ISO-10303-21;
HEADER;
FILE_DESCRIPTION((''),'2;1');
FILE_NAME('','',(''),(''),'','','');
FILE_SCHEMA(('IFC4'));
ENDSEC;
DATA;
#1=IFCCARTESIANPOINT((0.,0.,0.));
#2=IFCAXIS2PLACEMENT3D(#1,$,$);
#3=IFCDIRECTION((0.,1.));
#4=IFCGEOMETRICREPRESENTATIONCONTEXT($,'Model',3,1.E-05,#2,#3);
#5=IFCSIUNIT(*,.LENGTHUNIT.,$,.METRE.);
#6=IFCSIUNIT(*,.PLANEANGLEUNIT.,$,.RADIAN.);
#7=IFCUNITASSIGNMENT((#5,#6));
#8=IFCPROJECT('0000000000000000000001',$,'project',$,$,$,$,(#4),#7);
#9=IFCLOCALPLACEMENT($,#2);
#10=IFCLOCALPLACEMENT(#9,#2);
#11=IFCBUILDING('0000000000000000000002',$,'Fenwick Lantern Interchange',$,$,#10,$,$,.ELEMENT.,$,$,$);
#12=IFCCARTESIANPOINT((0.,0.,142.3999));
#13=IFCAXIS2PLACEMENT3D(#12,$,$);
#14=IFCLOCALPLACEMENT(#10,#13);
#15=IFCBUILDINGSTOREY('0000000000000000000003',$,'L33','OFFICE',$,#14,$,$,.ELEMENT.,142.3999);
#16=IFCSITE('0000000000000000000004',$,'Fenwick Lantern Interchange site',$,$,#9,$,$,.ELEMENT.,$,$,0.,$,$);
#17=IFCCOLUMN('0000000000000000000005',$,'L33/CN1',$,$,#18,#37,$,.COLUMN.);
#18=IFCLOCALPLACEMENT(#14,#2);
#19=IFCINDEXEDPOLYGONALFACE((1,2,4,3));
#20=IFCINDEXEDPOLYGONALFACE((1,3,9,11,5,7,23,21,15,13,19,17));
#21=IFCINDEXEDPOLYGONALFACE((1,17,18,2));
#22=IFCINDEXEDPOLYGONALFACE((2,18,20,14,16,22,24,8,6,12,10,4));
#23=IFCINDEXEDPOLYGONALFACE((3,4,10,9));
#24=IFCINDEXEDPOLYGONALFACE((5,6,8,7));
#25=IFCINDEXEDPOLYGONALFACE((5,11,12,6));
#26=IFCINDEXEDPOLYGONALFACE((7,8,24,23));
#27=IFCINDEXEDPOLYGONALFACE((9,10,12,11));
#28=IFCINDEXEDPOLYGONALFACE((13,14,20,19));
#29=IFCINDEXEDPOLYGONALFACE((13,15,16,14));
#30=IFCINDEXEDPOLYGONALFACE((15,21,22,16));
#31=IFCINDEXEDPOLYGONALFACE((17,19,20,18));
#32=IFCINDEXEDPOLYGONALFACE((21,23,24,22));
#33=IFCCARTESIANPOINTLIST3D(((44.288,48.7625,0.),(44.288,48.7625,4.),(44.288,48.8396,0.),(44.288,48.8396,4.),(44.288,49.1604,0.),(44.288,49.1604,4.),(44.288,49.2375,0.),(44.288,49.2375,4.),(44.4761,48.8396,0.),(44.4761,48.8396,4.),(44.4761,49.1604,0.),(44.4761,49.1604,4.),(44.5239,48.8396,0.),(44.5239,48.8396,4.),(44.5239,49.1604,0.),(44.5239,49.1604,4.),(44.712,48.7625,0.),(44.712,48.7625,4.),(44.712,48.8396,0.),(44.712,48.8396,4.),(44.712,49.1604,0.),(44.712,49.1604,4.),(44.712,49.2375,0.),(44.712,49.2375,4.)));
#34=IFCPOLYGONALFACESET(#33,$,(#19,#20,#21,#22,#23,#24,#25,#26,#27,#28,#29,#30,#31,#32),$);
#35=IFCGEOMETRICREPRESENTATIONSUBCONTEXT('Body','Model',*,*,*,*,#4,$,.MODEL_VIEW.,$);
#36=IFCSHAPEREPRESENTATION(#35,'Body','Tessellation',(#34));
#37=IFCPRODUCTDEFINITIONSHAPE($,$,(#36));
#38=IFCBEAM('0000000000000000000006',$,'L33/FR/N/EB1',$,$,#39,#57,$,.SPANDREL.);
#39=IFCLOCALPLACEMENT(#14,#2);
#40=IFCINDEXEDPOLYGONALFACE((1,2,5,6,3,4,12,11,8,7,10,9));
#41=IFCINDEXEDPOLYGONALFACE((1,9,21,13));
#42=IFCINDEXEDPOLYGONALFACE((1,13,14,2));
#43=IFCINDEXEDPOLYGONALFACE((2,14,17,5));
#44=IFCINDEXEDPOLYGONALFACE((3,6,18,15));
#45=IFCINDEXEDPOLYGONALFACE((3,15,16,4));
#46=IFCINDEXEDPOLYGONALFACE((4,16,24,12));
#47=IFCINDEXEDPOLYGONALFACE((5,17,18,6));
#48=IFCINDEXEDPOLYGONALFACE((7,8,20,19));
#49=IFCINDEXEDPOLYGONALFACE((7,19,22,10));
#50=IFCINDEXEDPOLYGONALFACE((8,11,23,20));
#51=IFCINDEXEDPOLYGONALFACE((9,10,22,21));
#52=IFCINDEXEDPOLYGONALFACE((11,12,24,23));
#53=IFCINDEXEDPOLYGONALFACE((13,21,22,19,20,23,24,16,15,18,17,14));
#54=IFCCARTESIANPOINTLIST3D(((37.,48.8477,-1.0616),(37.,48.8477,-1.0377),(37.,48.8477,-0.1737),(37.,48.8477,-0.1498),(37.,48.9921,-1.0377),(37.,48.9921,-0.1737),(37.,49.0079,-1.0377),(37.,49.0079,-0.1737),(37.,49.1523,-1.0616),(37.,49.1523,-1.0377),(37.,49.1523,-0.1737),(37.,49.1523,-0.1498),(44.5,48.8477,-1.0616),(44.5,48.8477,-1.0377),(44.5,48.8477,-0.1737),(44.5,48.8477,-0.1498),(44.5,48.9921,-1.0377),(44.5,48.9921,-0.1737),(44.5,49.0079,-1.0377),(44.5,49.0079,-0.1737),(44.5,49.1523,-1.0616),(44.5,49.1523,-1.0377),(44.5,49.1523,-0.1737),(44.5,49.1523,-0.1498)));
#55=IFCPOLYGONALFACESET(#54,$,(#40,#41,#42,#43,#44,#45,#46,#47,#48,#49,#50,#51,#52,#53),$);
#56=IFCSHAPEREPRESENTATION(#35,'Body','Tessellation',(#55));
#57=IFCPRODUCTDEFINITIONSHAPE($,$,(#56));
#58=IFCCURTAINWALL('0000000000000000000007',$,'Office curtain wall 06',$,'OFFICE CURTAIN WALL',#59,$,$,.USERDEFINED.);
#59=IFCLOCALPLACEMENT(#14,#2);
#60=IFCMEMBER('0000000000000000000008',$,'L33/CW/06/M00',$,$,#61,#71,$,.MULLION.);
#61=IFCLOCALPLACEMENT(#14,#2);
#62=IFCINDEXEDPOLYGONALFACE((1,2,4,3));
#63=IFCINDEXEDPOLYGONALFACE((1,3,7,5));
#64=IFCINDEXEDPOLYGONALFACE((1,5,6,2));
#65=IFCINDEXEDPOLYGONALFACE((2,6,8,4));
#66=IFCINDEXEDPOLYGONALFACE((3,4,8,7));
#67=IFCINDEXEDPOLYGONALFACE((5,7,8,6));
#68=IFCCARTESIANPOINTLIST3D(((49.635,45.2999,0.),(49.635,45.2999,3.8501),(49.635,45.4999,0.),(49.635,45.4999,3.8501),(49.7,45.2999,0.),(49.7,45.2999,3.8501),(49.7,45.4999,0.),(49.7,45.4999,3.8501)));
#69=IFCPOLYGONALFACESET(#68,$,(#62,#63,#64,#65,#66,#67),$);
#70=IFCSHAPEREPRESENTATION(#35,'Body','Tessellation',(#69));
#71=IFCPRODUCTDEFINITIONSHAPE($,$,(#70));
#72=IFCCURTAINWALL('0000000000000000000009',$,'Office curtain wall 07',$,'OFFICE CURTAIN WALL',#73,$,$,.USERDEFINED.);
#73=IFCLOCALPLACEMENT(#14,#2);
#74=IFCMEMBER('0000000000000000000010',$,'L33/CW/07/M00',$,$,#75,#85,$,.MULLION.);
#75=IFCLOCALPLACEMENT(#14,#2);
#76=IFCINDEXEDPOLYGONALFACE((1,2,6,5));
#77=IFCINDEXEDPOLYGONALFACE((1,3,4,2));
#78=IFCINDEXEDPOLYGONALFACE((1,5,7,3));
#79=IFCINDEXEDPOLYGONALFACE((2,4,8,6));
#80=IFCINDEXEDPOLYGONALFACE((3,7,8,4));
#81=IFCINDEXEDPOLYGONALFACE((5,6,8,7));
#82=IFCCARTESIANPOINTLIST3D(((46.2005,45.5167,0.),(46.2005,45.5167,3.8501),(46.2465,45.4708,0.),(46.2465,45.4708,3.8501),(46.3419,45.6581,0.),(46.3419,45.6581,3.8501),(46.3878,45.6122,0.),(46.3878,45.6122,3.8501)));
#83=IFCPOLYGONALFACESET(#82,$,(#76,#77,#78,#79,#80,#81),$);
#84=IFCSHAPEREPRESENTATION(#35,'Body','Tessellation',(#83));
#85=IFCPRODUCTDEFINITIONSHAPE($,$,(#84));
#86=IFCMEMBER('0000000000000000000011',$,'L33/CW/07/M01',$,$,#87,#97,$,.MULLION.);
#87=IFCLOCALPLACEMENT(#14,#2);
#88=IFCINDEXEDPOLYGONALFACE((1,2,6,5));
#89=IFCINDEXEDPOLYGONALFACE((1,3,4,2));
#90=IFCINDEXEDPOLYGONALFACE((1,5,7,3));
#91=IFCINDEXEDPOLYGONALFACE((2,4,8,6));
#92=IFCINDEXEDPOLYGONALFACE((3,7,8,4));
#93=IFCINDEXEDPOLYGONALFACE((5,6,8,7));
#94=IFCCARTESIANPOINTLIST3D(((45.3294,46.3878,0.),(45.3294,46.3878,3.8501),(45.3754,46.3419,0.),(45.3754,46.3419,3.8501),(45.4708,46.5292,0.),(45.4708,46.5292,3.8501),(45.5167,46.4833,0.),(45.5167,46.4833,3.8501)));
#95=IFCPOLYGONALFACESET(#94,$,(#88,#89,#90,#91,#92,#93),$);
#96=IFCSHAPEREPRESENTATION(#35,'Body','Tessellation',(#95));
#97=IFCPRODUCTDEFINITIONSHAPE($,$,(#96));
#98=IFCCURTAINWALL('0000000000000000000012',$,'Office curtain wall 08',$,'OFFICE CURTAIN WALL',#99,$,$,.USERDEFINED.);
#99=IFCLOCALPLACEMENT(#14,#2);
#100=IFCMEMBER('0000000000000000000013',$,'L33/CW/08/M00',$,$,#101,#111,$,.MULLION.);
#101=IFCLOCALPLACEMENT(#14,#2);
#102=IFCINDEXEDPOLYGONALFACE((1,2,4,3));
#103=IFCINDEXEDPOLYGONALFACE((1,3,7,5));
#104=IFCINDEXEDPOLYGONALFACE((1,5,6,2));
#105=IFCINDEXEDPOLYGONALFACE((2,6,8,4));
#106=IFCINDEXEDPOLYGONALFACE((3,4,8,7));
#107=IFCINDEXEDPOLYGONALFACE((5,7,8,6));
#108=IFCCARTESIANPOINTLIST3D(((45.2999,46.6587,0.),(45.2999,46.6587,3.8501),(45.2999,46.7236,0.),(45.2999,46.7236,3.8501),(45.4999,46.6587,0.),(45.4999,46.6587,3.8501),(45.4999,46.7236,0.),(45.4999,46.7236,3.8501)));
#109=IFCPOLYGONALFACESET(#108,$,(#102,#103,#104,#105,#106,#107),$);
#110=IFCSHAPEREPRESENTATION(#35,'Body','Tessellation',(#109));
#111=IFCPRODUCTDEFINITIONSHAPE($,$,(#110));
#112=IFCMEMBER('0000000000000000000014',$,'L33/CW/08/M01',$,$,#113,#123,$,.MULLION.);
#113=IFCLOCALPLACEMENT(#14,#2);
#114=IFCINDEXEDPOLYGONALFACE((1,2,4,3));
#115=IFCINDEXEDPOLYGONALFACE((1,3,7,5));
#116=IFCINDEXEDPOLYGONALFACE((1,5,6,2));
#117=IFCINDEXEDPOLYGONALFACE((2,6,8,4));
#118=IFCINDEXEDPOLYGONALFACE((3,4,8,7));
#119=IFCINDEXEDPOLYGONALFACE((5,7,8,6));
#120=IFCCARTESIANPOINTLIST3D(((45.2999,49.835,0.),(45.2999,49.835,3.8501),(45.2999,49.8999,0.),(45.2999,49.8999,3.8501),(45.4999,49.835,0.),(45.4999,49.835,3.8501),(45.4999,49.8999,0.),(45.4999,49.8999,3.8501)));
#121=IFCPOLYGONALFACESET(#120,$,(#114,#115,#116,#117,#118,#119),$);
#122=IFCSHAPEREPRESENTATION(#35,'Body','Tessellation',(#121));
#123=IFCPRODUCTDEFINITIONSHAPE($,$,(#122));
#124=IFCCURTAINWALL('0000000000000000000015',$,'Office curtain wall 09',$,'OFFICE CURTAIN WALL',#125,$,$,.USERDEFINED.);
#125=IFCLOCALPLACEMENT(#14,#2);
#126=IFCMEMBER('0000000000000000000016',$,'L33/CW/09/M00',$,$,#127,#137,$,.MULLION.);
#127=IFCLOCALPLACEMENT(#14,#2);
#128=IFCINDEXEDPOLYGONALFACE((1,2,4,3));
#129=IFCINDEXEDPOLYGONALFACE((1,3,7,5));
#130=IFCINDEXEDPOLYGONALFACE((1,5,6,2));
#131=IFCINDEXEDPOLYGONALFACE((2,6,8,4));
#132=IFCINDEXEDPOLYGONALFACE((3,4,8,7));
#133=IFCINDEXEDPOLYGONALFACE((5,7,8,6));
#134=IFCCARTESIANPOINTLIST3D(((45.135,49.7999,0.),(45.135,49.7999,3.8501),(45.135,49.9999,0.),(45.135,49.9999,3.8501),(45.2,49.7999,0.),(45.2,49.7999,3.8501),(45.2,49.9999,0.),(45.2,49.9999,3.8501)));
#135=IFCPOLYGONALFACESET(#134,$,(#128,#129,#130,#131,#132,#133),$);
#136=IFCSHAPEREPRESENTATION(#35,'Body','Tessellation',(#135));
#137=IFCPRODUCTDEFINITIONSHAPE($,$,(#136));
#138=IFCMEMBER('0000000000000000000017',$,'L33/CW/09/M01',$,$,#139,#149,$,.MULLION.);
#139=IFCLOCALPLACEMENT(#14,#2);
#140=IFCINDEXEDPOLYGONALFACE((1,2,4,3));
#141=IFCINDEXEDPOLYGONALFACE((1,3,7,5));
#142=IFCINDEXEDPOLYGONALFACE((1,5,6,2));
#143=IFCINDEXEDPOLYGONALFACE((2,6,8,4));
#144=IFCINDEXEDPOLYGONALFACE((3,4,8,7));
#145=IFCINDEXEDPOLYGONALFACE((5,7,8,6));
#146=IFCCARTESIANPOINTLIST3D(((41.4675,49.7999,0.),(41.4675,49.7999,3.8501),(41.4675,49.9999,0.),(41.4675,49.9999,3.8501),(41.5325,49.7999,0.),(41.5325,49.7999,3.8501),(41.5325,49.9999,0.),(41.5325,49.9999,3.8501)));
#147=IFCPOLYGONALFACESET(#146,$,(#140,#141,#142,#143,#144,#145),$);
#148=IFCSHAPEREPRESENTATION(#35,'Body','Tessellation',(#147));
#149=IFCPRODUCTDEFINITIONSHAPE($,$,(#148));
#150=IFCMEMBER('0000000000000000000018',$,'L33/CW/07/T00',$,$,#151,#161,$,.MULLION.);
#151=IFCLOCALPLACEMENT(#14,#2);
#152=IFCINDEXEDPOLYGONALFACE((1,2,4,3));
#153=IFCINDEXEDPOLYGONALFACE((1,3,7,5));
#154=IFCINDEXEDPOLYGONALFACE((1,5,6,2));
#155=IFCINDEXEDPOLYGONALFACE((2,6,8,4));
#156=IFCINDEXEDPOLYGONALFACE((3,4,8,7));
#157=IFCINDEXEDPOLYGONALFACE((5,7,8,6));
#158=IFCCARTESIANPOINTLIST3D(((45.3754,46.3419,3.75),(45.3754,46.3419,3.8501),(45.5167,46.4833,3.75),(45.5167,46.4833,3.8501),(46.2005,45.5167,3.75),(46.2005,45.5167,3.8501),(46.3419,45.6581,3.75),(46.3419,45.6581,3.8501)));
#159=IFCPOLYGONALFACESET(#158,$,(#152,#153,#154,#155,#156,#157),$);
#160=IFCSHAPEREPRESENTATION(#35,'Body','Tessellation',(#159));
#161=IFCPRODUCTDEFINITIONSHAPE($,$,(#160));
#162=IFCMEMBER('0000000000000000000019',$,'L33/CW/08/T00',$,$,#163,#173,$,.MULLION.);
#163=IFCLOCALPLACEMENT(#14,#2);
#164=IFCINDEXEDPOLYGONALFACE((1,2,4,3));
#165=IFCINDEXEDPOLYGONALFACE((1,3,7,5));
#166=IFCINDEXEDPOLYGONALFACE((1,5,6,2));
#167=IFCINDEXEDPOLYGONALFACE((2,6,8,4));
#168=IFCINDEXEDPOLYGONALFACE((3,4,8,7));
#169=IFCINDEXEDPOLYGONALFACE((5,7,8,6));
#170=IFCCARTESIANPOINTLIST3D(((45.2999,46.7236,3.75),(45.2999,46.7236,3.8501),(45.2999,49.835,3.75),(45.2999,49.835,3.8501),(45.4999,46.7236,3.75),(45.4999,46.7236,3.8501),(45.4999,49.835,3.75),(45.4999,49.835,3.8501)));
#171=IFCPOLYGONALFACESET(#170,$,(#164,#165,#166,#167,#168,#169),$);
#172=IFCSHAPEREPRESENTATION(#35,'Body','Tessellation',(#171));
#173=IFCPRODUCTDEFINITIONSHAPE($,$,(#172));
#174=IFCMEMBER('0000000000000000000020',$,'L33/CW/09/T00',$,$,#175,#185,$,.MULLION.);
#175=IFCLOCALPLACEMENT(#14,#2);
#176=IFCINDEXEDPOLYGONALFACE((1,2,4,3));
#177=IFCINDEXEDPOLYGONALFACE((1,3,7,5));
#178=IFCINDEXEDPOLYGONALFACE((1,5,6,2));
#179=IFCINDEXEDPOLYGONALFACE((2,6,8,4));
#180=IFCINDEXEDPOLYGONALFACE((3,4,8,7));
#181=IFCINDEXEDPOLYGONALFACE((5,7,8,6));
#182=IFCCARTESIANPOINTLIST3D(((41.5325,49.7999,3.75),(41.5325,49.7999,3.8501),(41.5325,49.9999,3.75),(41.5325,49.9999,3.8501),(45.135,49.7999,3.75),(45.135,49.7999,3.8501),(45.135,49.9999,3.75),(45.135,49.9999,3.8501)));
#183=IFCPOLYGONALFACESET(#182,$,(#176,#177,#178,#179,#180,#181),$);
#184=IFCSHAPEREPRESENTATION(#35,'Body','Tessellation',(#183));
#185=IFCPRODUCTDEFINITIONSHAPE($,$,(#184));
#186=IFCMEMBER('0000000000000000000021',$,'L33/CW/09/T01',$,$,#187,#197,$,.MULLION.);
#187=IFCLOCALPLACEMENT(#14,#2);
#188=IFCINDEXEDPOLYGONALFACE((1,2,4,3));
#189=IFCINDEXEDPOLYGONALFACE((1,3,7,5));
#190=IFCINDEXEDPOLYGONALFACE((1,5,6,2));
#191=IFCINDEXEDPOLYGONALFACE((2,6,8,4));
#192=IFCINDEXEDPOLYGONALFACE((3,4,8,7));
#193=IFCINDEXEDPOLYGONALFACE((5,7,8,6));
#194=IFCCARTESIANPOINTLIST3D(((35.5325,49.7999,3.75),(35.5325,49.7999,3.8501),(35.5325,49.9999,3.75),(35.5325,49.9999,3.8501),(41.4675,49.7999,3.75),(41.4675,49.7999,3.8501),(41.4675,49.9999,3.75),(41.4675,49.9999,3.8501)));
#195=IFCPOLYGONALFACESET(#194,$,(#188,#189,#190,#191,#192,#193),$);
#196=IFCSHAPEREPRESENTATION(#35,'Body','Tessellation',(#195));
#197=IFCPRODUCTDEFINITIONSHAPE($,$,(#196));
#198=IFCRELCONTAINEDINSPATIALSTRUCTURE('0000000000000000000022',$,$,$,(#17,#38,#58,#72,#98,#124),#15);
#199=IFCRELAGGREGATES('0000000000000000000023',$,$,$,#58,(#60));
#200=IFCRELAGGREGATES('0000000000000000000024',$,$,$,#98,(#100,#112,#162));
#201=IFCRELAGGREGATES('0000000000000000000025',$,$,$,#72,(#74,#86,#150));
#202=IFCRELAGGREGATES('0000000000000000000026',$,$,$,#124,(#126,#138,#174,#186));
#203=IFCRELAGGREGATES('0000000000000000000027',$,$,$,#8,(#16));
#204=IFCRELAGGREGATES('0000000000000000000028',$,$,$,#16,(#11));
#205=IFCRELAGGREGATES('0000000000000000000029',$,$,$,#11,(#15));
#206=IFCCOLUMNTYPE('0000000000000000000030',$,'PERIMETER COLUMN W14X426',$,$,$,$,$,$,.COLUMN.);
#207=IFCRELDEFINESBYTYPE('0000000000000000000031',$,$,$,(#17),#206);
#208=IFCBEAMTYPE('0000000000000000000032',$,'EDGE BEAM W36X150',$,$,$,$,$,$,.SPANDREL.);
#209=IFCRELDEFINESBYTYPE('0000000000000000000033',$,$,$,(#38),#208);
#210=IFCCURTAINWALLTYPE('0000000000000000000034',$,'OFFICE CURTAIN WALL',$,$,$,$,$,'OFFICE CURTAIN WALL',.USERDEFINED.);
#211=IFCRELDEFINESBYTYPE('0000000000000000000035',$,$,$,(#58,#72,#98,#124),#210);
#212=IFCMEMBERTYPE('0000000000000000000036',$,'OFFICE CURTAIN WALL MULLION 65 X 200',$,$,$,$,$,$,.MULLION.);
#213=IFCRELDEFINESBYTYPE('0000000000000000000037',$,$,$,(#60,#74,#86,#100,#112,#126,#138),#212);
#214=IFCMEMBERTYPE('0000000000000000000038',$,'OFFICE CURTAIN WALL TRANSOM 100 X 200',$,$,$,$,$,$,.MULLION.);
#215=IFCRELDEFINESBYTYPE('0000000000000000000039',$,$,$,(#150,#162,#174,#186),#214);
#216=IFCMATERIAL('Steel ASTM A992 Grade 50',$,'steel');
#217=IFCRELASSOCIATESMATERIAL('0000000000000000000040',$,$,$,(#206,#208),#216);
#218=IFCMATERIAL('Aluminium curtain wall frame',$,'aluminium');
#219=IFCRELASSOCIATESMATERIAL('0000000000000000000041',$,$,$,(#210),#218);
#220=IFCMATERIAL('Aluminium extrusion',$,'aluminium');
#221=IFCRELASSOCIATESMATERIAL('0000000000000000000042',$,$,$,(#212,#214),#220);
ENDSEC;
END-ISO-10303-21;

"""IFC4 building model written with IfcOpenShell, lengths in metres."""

from ifc_helpers import new_model, si_unit, direction, frame, origin, origin_2d, place, context, subcontext, project, spatial, rectangle, i_section, extrude, material, material_profile, profile_set, type_object, element, aggregate, save


model = new_model("IFC4")

# Units and contexts
model_context = context("Model", 3, precision=1e-05, world=origin(), true_north=direction((0.0, 1.0)))
body_context = subcontext(model_context, "Body", "Model", "MODEL_VIEW")
ifc_project = project(units=[si_unit("LENGTHUNIT", "METRE"), si_unit("PLANEANGLEUNIT", "RADIAN")], contexts=[model_context])

# Site, building, storey
site_placement = place(None, origin())
site = spatial("IfcSite", under=ifc_project, at=site_placement, Name="Fenwick Lantern Interchange site", CompositionType="ELEMENT", RefElevation=0.0)
building_placement = place(site_placement, origin())
building = spatial("IfcBuilding", under=site, at=building_placement, Name="Fenwick Lantern Interchange", CompositionType="ELEMENT")
storey_placement = place(building_placement, frame((0.0, 0.0, 142.3999)))
storey = spatial("IfcBuildingStorey", under=building, at=storey_placement, Name="L33", Description="OFFICE", CompositionType="ELEMENT", Elevation=142.3999)

# Column
ifc_material_1 = material(Name="Steel ASTM A992 Grade 50", Category="steel")
ifc_material_profile_1 = material_profile(ifc_material_1, i_section(OverallWidth=0.4241, OverallDepth=0.4751, WebThickness=0.0479, FlangeThickness=0.0771, at=origin_2d()), Name="W14X426")
ifc_profile_set_1 = profile_set([ifc_material_profile_1], Name="Steel ASTM A992 Grade 50")
column_type = type_object("IfcColumnType", Name="PERIMETER COLUMN W14X426", PredefinedType="COLUMN", material=ifc_profile_set_1)
column_placement = place(storey_placement, frame((44.5, 49.0, 0.0), z_axis=(0.0, 0.0, 1.0), x_axis=(1.0, 0.0, 0.0)))
element("IfcColumn", 1, at=column_placement, inside=storey, type_object=column_type, Name="L33/CN1", PredefinedType="COLUMN", context=body_context, shape_type="SweptSolid", body=[
    extrude(i_section(OverallWidth=0.4241, OverallDepth=0.4751, WebThickness=0.0479, FlangeThickness=0.0771, at=origin_2d()), origin(), (0.0, 0.0, 1.0), 4.0),
])

# Beam
ifc_material_profile_2 = material_profile(ifc_material_1, i_section(OverallWidth=0.3047, OverallDepth=0.9119, WebThickness=0.0159, FlangeThickness=0.0239, at=origin_2d()), Name="W36X150")
ifc_profile_set_2 = profile_set([ifc_material_profile_2], Name="Steel ASTM A992 Grade 50")
beam_type = type_object("IfcBeamType", Name="EDGE BEAM W36X150", PredefinedType="SPANDREL", material=ifc_profile_set_2)
beam_placement = place(storey_placement, frame((44.5, 49.0, -0.6057), z_axis=(-1.0, 0.0, 0.0), x_axis=(0.0, -1.0, 0.0)))
element("IfcBeam", 2, at=beam_placement, inside=storey, type_object=beam_type, Name="L33/FR/N/EB1", PredefinedType="SPANDREL", context=body_context, shape_type="SweptSolid", body=[
    extrude(i_section(OverallWidth=0.3047, OverallDepth=0.9119, WebThickness=0.0159, FlangeThickness=0.0239, at=origin_2d()), origin(), (0.0, 0.0, 1.0), 7.5),
])

# Curtain wall, member
ifc_material_2 = material(Name="Aluminium curtain wall frame", Category="aluminium")
curtain_wall_type = type_object("IfcCurtainWallType", Name="OFFICE CURTAIN WALL", ElementType="OFFICE CURTAIN WALL", PredefinedType="USERDEFINED", material=ifc_material_2)
curtain_wall_1_placement = place(storey_placement, origin())
curtain_wall_1 = element("IfcCurtainWall", 3, at=curtain_wall_1_placement, inside=storey, type_object=curtain_wall_type, Name="Office curtain wall 06", ObjectType="OFFICE CURTAIN WALL", PredefinedType="USERDEFINED")
ifc_material_3 = material(Name="Aluminium extrusion", Category="aluminium")
ifc_material_profile_3 = material_profile(ifc_material_3, rectangle(XDim=0.2, YDim=0.0649, at=origin_2d()), Name="OFFICE CURTAIN WALL MULLION 65 X 200")
ifc_profile_set_3 = profile_set([ifc_material_profile_3], Name="Aluminium extrusion")
member_type_1 = type_object("IfcMemberType", Name="OFFICE CURTAIN WALL MULLION 65 X 200", PredefinedType="MULLION", material=ifc_profile_set_3)
member_1_placement = place(storey_placement, frame((49.6675, 45.3999, 0.0), z_axis=(0.0, 0.0, 1.0), x_axis=(0.0, -1.0, 0.0)))
member_1 = element("IfcMember", 4, at=member_1_placement, type_object=member_type_1, Name="L33/CW/06/M00", PredefinedType="MULLION", context=body_context, shape_type="SweptSolid", body=[
    extrude(rectangle(XDim=0.2, YDim=0.0649, at=origin_2d()), origin(), (0.0, 0.0, 1.0), 3.8501),
])
aggregate(curtain_wall_1, [member_1])

# Curtain walls, members
curtain_wall_2_placement = place(storey_placement, origin())
curtain_wall_2 = element("IfcCurtainWall", 5, at=curtain_wall_2_placement, inside=storey, type_object=curtain_wall_type, Name="Office curtain wall 07", ObjectType="OFFICE CURTAIN WALL", PredefinedType="USERDEFINED")
member_2_placement = place(storey_placement, frame((46.2942, 45.5645, 0.0), z_axis=(0.0, 0.0, 1.0), x_axis=(-0.707107, -0.707107, 0.0)))
member_2 = element("IfcMember", 6, at=member_2_placement, type_object=member_type_1, Name="L33/CW/07/M00", PredefinedType="MULLION", context=body_context, shape_type="SweptSolid", body=[
    extrude(rectangle(XDim=0.2, YDim=0.0649, at=origin_2d()), origin(), (0.0, 0.0, 1.0), 3.8501),
])
member_3_placement = place(storey_placement, frame((45.4231, 46.4355, 0.0), z_axis=(0.0, 0.0, 1.0), x_axis=(-0.707107, -0.707107, 0.0)))
member_3 = element("IfcMember", 7, at=member_3_placement, type_object=member_type_1, Name="L33/CW/07/M01", PredefinedType="MULLION", context=body_context, shape_type="SweptSolid", body=[
    extrude(rectangle(XDim=0.2, YDim=0.0649, at=origin_2d()), origin(), (0.0, 0.0, 1.0), 3.8501),
])
curtain_wall_3_placement = place(storey_placement, origin())
curtain_wall_3 = element("IfcCurtainWall", 8, at=curtain_wall_3_placement, inside=storey, type_object=curtain_wall_type, Name="Office curtain wall 08", ObjectType="OFFICE CURTAIN WALL", PredefinedType="USERDEFINED")
member_4_placement = place(storey_placement, frame((45.3999, 46.6912, 0.0), z_axis=(0.0, 0.0, 1.0), x_axis=(-1.0, 0.0, 0.0)))
member_4 = element("IfcMember", 9, at=member_4_placement, type_object=member_type_1, Name="L33/CW/08/M00", PredefinedType="MULLION", context=body_context, shape_type="SweptSolid", body=[
    extrude(rectangle(XDim=0.2, YDim=0.0649, at=origin_2d()), origin(), (0.0, 0.0, 1.0), 3.8501),
])
member_5_placement = place(storey_placement, frame((45.3999, 49.8674, 0.0), z_axis=(0.0, 0.0, 1.0), x_axis=(-1.0, 0.0, 0.0)))
member_5 = element("IfcMember", 10, at=member_5_placement, type_object=member_type_1, Name="L33/CW/08/M01", PredefinedType="MULLION", context=body_context, shape_type="SweptSolid", body=[
    extrude(rectangle(XDim=0.2, YDim=0.0649, at=origin_2d()), origin(), (0.0, 0.0, 1.0), 3.8501),
])
curtain_wall_4_placement = place(storey_placement, origin())
curtain_wall_4 = element("IfcCurtainWall", 11, at=curtain_wall_4_placement, inside=storey, type_object=curtain_wall_type, Name="Office curtain wall 09", ObjectType="OFFICE CURTAIN WALL", PredefinedType="USERDEFINED")
member_6_placement = place(storey_placement, frame((45.1675, 49.8999, 0.0), z_axis=(0.0, 0.0, 1.0), x_axis=(0.0, -1.0, 0.0)))
member_6 = element("IfcMember", 12, at=member_6_placement, type_object=member_type_1, Name="L33/CW/09/M00", PredefinedType="MULLION", context=body_context, shape_type="SweptSolid", body=[
    extrude(rectangle(XDim=0.2, YDim=0.0649, at=origin_2d()), origin(), (0.0, 0.0, 1.0), 3.8501),
])
member_7_placement = place(storey_placement, frame((41.5, 49.8999, 0.0), z_axis=(0.0, 0.0, 1.0), x_axis=(0.0, -1.0, 0.0)))
member_7 = element("IfcMember", 13, at=member_7_placement, type_object=member_type_1, Name="L33/CW/09/M01", PredefinedType="MULLION", context=body_context, shape_type="SweptSolid", body=[
    extrude(rectangle(XDim=0.2, YDim=0.0649, at=origin_2d()), origin(), (0.0, 0.0, 1.0), 3.8501),
])

# Members
ifc_material_profile_4 = material_profile(ifc_material_3, rectangle(XDim=0.2, YDim=0.1001, at=origin_2d()), Name="OFFICE CURTAIN WALL TRANSOM 100 X 200")
ifc_profile_set_4 = profile_set([ifc_material_profile_4], Name="Aluminium extrusion")
member_type_2 = type_object("IfcMemberType", Name="OFFICE CURTAIN WALL TRANSOM 100 X 200", PredefinedType="MULLION", material=ifc_profile_set_4)
member_8_placement = place(storey_placement, frame((46.2712, 45.5874, 3.8), z_axis=(-0.707107, 0.707107, 0.0), x_axis=(-0.707107, -0.707107, 0.0)))
member_8 = element("IfcMember", 14, at=member_8_placement, type_object=member_type_2, Name="L33/CW/07/T00", PredefinedType="MULLION", context=body_context, shape_type="SweptSolid", body=[
    extrude(rectangle(XDim=0.2, YDim=0.1001, at=origin_2d()), origin(), (0.0, 0.0, 1.0), 1.167),
])
member_9_placement = place(storey_placement, frame((45.3999, 46.7236, 3.8), z_axis=(0.0, 1.0, 0.0), x_axis=(-1.0, 0.0, 0.0)))
member_9 = element("IfcMember", 15, at=member_9_placement, type_object=member_type_2, Name="L33/CW/08/T00", PredefinedType="MULLION", context=body_context, shape_type="SweptSolid", body=[
    extrude(rectangle(XDim=0.2, YDim=0.1001, at=origin_2d()), origin(), (0.0, 0.0, 1.0), 3.1113),
])
aggregate(curtain_wall_3, [member_4, member_5, member_9])
member_10_placement = place(storey_placement, frame((45.135, 49.8999, 3.8), z_axis=(-1.0, 0.0, 0.0), x_axis=(0.0, -1.0, 0.0)))
member_10 = element("IfcMember", 16, at=member_10_placement, type_object=member_type_2, Name="L33/CW/09/T00", PredefinedType="MULLION", context=body_context, shape_type="SweptSolid", body=[
    extrude(rectangle(XDim=0.2, YDim=0.1001, at=origin_2d()), origin(), (0.0, 0.0, 1.0), 3.6025),
])
member_11_placement = place(storey_placement, frame((41.4675, 49.8999, 3.8), z_axis=(-1.0, 0.0, 0.0), x_axis=(0.0, -1.0, 0.0)))
member_11 = element("IfcMember", 17, at=member_11_placement, type_object=member_type_2, Name="L33/CW/09/T01", PredefinedType="MULLION", context=body_context, shape_type="SweptSolid", body=[
    extrude(rectangle(XDim=0.2, YDim=0.1001, at=origin_2d()), origin(), (0.0, 0.0, 1.0), 5.9351),
])

aggregate(curtain_wall_2, [member_2, member_3, member_8])
aggregate(curtain_wall_4, [member_6, member_7, member_10, member_11])

save(model, "model.ifc")
